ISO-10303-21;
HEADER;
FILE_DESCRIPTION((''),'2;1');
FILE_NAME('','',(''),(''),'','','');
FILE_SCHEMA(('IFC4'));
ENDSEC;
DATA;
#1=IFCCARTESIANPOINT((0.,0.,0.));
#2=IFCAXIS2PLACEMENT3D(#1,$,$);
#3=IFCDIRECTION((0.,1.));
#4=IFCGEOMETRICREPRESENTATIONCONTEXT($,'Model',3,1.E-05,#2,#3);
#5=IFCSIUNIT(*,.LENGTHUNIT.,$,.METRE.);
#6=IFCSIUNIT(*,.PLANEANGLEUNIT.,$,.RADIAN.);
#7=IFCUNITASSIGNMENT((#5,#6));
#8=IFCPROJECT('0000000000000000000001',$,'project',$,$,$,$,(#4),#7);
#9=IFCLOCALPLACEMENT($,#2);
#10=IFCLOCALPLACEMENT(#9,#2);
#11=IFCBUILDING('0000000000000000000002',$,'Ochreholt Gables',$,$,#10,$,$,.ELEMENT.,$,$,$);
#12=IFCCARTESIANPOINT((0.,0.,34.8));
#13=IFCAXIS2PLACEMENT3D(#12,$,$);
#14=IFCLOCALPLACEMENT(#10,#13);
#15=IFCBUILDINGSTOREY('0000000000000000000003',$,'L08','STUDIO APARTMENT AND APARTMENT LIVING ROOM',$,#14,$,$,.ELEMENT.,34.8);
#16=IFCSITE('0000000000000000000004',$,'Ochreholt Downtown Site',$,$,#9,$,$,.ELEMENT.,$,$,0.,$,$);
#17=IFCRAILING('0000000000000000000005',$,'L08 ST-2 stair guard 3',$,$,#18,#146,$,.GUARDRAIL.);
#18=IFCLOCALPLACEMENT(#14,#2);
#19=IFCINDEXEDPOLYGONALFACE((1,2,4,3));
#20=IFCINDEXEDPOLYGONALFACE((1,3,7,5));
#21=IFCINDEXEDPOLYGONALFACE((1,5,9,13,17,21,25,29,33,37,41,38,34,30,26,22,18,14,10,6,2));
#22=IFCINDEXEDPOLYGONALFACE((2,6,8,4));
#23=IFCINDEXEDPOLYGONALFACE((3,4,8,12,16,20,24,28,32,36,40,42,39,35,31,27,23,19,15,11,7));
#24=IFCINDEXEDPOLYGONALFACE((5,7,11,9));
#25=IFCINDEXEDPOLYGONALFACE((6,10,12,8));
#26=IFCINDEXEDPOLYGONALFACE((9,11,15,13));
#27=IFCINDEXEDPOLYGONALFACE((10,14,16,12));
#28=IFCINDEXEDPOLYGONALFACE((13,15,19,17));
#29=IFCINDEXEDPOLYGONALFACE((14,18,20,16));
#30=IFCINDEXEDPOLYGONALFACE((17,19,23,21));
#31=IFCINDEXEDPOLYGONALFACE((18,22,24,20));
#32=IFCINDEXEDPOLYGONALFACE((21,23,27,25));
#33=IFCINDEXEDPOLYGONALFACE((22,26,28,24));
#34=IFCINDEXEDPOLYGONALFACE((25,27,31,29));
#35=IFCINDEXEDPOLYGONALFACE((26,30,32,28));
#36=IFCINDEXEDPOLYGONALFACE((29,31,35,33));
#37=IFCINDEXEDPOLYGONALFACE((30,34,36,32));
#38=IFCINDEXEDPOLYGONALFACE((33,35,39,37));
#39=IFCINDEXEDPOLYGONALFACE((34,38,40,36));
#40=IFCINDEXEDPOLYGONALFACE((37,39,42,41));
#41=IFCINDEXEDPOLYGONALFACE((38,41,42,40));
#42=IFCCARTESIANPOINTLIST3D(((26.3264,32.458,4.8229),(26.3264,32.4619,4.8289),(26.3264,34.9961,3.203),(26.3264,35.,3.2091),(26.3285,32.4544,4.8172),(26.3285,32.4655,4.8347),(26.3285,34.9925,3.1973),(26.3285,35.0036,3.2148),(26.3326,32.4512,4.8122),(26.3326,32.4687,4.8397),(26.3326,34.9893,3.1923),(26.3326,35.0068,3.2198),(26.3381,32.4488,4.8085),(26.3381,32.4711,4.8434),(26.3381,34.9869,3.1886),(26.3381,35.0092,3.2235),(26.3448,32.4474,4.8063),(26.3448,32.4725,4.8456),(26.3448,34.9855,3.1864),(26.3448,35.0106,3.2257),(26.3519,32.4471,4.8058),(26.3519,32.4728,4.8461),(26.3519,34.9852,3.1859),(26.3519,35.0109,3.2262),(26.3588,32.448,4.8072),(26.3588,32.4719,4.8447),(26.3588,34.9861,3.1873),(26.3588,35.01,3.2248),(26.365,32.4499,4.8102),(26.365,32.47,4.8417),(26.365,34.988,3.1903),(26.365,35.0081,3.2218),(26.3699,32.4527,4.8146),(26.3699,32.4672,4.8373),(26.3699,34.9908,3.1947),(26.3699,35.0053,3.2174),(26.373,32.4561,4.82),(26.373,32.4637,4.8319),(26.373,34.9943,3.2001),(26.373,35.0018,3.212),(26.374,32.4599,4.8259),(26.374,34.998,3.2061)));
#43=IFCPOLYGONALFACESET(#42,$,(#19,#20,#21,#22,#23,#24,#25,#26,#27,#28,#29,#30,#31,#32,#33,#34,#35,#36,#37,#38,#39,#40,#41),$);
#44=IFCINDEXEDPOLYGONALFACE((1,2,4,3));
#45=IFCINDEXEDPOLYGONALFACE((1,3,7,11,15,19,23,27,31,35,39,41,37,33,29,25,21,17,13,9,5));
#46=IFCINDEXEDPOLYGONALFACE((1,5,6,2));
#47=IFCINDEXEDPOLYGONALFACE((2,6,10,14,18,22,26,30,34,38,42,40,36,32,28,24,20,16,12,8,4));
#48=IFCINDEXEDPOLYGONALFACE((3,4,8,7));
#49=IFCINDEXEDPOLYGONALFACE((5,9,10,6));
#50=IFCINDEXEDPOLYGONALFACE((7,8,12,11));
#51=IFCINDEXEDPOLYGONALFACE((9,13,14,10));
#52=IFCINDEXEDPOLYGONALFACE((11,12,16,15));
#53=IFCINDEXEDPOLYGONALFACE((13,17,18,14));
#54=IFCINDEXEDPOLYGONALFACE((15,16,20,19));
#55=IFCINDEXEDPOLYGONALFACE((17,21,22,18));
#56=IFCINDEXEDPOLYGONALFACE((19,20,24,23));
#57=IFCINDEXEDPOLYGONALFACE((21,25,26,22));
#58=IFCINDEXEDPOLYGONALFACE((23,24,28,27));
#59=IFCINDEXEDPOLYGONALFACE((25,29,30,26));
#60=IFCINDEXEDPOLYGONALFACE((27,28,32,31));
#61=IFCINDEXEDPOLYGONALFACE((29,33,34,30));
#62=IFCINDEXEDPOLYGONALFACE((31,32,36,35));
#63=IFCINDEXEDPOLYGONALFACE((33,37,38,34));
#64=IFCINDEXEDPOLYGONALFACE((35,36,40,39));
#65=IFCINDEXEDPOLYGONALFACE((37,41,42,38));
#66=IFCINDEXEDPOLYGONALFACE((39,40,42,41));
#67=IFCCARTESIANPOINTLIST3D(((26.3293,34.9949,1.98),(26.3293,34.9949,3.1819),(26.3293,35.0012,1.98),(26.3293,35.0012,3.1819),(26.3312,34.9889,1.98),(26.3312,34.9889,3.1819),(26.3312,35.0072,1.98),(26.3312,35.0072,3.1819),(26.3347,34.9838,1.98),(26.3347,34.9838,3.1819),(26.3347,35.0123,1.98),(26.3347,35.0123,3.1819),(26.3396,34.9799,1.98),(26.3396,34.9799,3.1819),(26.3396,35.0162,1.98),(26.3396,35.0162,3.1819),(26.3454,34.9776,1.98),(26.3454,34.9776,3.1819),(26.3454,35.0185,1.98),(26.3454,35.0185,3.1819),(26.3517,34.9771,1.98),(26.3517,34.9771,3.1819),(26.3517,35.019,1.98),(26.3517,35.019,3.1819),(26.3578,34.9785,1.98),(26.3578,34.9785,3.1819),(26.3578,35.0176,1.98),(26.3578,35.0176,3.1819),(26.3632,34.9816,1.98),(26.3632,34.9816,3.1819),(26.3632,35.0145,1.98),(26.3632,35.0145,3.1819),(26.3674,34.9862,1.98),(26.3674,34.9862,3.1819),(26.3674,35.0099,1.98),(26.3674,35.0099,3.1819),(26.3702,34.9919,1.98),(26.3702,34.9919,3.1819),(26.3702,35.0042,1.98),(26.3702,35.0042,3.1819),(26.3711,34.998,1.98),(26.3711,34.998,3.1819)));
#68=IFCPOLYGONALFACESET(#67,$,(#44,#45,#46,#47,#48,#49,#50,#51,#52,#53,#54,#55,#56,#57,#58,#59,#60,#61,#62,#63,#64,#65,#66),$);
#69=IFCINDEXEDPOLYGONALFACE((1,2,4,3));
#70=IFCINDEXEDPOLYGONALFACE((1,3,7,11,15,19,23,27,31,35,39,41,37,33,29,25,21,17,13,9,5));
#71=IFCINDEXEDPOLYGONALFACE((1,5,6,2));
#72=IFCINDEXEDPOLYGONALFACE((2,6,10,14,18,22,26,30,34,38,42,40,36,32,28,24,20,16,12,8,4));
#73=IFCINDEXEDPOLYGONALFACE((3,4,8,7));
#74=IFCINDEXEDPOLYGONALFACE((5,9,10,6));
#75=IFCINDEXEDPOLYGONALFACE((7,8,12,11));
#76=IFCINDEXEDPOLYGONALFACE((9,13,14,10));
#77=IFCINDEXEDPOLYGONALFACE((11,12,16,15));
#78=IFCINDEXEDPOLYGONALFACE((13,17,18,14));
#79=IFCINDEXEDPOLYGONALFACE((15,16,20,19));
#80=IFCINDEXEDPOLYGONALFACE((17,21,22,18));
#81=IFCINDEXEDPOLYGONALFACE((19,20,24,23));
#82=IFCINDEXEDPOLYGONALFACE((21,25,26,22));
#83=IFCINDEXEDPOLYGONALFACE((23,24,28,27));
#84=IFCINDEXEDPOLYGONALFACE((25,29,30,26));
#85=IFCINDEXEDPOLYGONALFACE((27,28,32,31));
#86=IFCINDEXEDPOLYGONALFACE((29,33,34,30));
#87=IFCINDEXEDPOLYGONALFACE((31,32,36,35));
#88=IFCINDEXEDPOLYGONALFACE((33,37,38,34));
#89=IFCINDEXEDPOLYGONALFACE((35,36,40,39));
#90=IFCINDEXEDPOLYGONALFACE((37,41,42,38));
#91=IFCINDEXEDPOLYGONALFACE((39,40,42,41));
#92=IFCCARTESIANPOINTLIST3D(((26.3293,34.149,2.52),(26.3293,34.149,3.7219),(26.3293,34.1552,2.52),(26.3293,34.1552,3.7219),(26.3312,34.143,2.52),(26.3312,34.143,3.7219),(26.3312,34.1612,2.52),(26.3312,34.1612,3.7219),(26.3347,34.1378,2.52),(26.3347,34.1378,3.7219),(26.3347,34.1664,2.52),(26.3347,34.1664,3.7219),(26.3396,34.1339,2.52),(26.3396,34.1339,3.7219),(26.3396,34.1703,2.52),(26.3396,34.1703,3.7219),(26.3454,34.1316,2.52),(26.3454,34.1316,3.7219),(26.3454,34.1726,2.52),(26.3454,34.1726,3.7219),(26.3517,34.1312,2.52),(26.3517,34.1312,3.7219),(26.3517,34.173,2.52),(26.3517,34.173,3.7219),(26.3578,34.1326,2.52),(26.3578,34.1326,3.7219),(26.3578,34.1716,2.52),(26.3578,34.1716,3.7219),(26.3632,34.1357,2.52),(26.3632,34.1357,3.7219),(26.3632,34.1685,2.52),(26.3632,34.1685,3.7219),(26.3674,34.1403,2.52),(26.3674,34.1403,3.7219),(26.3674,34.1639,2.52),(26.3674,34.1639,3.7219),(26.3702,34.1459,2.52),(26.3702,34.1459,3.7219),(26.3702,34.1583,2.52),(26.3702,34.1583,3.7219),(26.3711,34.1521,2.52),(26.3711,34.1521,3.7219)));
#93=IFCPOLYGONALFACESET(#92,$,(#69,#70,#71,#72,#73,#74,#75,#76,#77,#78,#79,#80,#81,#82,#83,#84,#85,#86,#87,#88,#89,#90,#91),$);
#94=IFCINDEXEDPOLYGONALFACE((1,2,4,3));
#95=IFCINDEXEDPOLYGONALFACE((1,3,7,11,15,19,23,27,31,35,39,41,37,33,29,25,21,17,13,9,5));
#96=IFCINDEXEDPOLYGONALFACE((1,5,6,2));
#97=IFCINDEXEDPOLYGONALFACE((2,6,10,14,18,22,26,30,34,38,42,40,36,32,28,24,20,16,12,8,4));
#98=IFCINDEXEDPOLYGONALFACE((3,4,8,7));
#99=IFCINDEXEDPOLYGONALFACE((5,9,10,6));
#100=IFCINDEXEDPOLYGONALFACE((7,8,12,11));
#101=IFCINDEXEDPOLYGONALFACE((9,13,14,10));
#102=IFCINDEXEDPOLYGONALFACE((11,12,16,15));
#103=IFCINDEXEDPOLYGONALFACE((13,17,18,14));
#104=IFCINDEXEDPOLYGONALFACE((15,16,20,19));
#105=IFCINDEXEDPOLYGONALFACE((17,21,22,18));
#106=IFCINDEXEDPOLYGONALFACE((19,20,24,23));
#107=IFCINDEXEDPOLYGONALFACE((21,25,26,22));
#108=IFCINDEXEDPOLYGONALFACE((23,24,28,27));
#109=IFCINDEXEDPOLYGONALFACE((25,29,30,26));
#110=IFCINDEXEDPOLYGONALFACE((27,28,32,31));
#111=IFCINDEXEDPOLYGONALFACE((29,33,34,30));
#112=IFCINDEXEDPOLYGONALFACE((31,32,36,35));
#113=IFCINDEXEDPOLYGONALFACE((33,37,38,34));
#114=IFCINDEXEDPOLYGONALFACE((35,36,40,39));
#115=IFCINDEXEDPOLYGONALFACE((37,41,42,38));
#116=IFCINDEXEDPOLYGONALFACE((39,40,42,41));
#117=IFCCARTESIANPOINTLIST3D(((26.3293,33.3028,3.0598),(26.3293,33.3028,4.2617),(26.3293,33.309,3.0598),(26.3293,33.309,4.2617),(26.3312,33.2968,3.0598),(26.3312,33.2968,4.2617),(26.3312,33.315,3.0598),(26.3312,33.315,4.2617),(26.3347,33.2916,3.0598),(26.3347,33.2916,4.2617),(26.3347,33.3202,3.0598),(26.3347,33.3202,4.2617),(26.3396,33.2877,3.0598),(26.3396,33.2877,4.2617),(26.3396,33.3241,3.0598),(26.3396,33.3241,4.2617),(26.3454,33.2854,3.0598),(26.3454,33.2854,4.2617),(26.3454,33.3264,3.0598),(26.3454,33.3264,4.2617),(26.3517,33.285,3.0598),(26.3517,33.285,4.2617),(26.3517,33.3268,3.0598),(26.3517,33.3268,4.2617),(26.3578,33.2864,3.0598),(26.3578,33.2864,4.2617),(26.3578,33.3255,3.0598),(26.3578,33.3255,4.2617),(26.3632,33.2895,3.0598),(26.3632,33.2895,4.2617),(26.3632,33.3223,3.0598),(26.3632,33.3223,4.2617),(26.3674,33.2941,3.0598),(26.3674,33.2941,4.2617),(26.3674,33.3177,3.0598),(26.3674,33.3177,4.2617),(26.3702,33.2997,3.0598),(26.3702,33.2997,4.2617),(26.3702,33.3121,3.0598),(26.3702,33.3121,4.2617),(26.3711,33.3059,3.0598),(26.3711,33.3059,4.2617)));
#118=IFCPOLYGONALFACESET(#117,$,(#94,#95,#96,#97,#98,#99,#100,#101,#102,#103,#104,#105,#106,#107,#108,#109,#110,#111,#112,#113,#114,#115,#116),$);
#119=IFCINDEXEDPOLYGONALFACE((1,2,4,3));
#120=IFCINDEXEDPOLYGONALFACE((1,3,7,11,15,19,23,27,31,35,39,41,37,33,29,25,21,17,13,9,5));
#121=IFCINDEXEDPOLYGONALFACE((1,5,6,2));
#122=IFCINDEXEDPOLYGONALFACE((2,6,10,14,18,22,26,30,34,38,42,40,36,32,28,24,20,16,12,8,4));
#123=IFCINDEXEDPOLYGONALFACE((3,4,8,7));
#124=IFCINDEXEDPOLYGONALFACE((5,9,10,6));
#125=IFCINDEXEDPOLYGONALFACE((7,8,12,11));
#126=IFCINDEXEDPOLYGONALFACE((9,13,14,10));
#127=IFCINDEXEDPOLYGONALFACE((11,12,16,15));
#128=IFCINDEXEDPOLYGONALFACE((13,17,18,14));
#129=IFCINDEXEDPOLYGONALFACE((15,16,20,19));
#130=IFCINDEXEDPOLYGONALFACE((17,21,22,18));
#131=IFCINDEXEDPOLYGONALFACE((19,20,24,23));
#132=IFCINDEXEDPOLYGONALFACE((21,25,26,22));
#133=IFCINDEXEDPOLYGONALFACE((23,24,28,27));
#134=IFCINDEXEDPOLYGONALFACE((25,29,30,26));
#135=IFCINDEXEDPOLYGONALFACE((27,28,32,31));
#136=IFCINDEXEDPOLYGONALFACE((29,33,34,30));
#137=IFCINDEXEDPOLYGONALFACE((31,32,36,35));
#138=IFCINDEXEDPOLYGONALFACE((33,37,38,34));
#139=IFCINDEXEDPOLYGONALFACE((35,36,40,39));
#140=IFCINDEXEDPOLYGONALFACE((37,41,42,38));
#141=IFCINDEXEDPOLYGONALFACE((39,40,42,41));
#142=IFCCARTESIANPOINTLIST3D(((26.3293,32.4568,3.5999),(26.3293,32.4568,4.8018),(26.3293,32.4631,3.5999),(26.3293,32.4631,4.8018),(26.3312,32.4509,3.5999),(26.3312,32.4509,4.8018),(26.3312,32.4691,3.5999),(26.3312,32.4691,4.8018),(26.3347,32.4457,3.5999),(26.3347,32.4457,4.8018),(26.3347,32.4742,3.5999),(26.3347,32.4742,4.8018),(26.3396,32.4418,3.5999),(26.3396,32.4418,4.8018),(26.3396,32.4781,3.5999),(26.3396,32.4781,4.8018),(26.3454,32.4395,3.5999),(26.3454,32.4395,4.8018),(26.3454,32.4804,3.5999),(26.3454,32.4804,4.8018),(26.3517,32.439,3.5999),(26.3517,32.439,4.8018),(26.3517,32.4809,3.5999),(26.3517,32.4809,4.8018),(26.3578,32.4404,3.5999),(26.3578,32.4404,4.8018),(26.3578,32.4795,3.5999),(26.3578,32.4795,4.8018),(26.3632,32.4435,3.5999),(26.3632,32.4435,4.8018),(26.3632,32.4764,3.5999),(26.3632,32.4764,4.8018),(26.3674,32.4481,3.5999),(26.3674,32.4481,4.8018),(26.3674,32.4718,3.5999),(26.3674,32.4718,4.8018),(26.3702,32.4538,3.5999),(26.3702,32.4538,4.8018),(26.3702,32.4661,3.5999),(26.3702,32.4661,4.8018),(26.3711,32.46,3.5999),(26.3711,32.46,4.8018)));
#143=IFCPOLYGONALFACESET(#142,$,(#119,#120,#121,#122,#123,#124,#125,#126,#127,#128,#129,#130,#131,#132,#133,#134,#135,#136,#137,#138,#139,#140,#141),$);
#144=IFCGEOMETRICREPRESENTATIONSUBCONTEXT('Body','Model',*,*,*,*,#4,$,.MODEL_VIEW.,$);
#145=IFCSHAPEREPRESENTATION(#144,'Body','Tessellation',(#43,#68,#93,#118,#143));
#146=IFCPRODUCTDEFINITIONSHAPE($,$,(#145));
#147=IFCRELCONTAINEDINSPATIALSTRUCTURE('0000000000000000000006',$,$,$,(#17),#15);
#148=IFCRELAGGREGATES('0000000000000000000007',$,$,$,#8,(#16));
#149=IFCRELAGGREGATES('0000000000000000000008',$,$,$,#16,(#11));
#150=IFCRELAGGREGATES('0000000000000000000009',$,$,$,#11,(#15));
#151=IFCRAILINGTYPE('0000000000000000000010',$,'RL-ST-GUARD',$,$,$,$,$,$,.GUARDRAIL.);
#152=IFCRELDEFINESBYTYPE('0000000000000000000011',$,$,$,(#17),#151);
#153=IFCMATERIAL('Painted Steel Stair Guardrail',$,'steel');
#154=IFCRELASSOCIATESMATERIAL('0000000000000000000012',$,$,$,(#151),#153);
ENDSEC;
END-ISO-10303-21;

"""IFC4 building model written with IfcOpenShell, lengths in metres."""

from ifc_helpers import new_model, si_unit, direction, frame, origin, origin_2d, place, context, subcontext, project, spatial, circle, extrude, material, type_object, element, save


model = new_model("IFC4")

# Units and contexts
model_context = context("Model", 3, precision=1e-05, world=origin(), true_north=direction((0.0, 1.0)))
body_context = subcontext(model_context, "Body", "Model", "MODEL_VIEW")
ifc_project = project(units=[si_unit("LENGTHUNIT", "METRE"), si_unit("PLANEANGLEUNIT", "RADIAN")], contexts=[model_context])

# Site, building, storey
site_placement = place(None, origin())
site = spatial("IfcSite", under=ifc_project, at=site_placement, Name="Ochreholt Downtown Site", CompositionType="ELEMENT", RefElevation=0.0)
building_placement = place(site_placement, origin())
building = spatial("IfcBuilding", under=site, at=building_placement, Name="Ochreholt Gables", CompositionType="ELEMENT")
storey_placement = place(building_placement, frame((0.0, 0.0, 34.8)))
storey = spatial("IfcBuildingStorey", under=building, at=storey_placement, Name="L08", Description="STUDIO APARTMENT AND APARTMENT LIVING ROOM", CompositionType="ELEMENT", Elevation=34.8)

# Railing
ifc_material_1 = material(Name="Painted Steel Stair Guardrail", Category="steel")
railing_type_1 = type_object("IfcRailingType", Name="RL-ST-GUARD", PredefinedType="GUARDRAIL", material=ifc_material_1)
railing_1_placement = place(storey_placement, frame((26.3501, 34.998, 1.98)))
element("IfcRailing", 1, at=railing_1_placement, inside=storey, type_object=railing_type_1, Name="L08 ST-2 stair guard 3", PredefinedType="GUARDRAIL", context=body_context, shape_type="SweptSolid", body=[
    extrude(circle(Radius=0.0239, at=origin_2d()), frame((0.0, 0.0, 1.2261), z_axis=(0.0, -0.84295, 0.537993), x_axis=(1.0, 0.0, 0.0)), (0.0, 0.0, 1.0), 3.011),
    extrude(circle(Radius=0.021, at=origin_2d()), origin(), (0.0, 0.0, 1.0), 1.2019),
    extrude(circle(Radius=0.021, at=origin_2d()), frame((0.0, -0.8459, 0.54)), (0.0, 0.0, 1.0), 1.2019),
    extrude(circle(Radius=0.021, at=origin_2d()), frame((0.0, -1.6921, 1.0798)), (0.0, 0.0, 1.0), 1.2019),
    extrude(circle(Radius=0.021, at=origin_2d()), frame((0.0, -2.5381, 1.6199)), (0.0, 0.0, 1.0), 1.2019),
])

save(model, "model.ifc")
